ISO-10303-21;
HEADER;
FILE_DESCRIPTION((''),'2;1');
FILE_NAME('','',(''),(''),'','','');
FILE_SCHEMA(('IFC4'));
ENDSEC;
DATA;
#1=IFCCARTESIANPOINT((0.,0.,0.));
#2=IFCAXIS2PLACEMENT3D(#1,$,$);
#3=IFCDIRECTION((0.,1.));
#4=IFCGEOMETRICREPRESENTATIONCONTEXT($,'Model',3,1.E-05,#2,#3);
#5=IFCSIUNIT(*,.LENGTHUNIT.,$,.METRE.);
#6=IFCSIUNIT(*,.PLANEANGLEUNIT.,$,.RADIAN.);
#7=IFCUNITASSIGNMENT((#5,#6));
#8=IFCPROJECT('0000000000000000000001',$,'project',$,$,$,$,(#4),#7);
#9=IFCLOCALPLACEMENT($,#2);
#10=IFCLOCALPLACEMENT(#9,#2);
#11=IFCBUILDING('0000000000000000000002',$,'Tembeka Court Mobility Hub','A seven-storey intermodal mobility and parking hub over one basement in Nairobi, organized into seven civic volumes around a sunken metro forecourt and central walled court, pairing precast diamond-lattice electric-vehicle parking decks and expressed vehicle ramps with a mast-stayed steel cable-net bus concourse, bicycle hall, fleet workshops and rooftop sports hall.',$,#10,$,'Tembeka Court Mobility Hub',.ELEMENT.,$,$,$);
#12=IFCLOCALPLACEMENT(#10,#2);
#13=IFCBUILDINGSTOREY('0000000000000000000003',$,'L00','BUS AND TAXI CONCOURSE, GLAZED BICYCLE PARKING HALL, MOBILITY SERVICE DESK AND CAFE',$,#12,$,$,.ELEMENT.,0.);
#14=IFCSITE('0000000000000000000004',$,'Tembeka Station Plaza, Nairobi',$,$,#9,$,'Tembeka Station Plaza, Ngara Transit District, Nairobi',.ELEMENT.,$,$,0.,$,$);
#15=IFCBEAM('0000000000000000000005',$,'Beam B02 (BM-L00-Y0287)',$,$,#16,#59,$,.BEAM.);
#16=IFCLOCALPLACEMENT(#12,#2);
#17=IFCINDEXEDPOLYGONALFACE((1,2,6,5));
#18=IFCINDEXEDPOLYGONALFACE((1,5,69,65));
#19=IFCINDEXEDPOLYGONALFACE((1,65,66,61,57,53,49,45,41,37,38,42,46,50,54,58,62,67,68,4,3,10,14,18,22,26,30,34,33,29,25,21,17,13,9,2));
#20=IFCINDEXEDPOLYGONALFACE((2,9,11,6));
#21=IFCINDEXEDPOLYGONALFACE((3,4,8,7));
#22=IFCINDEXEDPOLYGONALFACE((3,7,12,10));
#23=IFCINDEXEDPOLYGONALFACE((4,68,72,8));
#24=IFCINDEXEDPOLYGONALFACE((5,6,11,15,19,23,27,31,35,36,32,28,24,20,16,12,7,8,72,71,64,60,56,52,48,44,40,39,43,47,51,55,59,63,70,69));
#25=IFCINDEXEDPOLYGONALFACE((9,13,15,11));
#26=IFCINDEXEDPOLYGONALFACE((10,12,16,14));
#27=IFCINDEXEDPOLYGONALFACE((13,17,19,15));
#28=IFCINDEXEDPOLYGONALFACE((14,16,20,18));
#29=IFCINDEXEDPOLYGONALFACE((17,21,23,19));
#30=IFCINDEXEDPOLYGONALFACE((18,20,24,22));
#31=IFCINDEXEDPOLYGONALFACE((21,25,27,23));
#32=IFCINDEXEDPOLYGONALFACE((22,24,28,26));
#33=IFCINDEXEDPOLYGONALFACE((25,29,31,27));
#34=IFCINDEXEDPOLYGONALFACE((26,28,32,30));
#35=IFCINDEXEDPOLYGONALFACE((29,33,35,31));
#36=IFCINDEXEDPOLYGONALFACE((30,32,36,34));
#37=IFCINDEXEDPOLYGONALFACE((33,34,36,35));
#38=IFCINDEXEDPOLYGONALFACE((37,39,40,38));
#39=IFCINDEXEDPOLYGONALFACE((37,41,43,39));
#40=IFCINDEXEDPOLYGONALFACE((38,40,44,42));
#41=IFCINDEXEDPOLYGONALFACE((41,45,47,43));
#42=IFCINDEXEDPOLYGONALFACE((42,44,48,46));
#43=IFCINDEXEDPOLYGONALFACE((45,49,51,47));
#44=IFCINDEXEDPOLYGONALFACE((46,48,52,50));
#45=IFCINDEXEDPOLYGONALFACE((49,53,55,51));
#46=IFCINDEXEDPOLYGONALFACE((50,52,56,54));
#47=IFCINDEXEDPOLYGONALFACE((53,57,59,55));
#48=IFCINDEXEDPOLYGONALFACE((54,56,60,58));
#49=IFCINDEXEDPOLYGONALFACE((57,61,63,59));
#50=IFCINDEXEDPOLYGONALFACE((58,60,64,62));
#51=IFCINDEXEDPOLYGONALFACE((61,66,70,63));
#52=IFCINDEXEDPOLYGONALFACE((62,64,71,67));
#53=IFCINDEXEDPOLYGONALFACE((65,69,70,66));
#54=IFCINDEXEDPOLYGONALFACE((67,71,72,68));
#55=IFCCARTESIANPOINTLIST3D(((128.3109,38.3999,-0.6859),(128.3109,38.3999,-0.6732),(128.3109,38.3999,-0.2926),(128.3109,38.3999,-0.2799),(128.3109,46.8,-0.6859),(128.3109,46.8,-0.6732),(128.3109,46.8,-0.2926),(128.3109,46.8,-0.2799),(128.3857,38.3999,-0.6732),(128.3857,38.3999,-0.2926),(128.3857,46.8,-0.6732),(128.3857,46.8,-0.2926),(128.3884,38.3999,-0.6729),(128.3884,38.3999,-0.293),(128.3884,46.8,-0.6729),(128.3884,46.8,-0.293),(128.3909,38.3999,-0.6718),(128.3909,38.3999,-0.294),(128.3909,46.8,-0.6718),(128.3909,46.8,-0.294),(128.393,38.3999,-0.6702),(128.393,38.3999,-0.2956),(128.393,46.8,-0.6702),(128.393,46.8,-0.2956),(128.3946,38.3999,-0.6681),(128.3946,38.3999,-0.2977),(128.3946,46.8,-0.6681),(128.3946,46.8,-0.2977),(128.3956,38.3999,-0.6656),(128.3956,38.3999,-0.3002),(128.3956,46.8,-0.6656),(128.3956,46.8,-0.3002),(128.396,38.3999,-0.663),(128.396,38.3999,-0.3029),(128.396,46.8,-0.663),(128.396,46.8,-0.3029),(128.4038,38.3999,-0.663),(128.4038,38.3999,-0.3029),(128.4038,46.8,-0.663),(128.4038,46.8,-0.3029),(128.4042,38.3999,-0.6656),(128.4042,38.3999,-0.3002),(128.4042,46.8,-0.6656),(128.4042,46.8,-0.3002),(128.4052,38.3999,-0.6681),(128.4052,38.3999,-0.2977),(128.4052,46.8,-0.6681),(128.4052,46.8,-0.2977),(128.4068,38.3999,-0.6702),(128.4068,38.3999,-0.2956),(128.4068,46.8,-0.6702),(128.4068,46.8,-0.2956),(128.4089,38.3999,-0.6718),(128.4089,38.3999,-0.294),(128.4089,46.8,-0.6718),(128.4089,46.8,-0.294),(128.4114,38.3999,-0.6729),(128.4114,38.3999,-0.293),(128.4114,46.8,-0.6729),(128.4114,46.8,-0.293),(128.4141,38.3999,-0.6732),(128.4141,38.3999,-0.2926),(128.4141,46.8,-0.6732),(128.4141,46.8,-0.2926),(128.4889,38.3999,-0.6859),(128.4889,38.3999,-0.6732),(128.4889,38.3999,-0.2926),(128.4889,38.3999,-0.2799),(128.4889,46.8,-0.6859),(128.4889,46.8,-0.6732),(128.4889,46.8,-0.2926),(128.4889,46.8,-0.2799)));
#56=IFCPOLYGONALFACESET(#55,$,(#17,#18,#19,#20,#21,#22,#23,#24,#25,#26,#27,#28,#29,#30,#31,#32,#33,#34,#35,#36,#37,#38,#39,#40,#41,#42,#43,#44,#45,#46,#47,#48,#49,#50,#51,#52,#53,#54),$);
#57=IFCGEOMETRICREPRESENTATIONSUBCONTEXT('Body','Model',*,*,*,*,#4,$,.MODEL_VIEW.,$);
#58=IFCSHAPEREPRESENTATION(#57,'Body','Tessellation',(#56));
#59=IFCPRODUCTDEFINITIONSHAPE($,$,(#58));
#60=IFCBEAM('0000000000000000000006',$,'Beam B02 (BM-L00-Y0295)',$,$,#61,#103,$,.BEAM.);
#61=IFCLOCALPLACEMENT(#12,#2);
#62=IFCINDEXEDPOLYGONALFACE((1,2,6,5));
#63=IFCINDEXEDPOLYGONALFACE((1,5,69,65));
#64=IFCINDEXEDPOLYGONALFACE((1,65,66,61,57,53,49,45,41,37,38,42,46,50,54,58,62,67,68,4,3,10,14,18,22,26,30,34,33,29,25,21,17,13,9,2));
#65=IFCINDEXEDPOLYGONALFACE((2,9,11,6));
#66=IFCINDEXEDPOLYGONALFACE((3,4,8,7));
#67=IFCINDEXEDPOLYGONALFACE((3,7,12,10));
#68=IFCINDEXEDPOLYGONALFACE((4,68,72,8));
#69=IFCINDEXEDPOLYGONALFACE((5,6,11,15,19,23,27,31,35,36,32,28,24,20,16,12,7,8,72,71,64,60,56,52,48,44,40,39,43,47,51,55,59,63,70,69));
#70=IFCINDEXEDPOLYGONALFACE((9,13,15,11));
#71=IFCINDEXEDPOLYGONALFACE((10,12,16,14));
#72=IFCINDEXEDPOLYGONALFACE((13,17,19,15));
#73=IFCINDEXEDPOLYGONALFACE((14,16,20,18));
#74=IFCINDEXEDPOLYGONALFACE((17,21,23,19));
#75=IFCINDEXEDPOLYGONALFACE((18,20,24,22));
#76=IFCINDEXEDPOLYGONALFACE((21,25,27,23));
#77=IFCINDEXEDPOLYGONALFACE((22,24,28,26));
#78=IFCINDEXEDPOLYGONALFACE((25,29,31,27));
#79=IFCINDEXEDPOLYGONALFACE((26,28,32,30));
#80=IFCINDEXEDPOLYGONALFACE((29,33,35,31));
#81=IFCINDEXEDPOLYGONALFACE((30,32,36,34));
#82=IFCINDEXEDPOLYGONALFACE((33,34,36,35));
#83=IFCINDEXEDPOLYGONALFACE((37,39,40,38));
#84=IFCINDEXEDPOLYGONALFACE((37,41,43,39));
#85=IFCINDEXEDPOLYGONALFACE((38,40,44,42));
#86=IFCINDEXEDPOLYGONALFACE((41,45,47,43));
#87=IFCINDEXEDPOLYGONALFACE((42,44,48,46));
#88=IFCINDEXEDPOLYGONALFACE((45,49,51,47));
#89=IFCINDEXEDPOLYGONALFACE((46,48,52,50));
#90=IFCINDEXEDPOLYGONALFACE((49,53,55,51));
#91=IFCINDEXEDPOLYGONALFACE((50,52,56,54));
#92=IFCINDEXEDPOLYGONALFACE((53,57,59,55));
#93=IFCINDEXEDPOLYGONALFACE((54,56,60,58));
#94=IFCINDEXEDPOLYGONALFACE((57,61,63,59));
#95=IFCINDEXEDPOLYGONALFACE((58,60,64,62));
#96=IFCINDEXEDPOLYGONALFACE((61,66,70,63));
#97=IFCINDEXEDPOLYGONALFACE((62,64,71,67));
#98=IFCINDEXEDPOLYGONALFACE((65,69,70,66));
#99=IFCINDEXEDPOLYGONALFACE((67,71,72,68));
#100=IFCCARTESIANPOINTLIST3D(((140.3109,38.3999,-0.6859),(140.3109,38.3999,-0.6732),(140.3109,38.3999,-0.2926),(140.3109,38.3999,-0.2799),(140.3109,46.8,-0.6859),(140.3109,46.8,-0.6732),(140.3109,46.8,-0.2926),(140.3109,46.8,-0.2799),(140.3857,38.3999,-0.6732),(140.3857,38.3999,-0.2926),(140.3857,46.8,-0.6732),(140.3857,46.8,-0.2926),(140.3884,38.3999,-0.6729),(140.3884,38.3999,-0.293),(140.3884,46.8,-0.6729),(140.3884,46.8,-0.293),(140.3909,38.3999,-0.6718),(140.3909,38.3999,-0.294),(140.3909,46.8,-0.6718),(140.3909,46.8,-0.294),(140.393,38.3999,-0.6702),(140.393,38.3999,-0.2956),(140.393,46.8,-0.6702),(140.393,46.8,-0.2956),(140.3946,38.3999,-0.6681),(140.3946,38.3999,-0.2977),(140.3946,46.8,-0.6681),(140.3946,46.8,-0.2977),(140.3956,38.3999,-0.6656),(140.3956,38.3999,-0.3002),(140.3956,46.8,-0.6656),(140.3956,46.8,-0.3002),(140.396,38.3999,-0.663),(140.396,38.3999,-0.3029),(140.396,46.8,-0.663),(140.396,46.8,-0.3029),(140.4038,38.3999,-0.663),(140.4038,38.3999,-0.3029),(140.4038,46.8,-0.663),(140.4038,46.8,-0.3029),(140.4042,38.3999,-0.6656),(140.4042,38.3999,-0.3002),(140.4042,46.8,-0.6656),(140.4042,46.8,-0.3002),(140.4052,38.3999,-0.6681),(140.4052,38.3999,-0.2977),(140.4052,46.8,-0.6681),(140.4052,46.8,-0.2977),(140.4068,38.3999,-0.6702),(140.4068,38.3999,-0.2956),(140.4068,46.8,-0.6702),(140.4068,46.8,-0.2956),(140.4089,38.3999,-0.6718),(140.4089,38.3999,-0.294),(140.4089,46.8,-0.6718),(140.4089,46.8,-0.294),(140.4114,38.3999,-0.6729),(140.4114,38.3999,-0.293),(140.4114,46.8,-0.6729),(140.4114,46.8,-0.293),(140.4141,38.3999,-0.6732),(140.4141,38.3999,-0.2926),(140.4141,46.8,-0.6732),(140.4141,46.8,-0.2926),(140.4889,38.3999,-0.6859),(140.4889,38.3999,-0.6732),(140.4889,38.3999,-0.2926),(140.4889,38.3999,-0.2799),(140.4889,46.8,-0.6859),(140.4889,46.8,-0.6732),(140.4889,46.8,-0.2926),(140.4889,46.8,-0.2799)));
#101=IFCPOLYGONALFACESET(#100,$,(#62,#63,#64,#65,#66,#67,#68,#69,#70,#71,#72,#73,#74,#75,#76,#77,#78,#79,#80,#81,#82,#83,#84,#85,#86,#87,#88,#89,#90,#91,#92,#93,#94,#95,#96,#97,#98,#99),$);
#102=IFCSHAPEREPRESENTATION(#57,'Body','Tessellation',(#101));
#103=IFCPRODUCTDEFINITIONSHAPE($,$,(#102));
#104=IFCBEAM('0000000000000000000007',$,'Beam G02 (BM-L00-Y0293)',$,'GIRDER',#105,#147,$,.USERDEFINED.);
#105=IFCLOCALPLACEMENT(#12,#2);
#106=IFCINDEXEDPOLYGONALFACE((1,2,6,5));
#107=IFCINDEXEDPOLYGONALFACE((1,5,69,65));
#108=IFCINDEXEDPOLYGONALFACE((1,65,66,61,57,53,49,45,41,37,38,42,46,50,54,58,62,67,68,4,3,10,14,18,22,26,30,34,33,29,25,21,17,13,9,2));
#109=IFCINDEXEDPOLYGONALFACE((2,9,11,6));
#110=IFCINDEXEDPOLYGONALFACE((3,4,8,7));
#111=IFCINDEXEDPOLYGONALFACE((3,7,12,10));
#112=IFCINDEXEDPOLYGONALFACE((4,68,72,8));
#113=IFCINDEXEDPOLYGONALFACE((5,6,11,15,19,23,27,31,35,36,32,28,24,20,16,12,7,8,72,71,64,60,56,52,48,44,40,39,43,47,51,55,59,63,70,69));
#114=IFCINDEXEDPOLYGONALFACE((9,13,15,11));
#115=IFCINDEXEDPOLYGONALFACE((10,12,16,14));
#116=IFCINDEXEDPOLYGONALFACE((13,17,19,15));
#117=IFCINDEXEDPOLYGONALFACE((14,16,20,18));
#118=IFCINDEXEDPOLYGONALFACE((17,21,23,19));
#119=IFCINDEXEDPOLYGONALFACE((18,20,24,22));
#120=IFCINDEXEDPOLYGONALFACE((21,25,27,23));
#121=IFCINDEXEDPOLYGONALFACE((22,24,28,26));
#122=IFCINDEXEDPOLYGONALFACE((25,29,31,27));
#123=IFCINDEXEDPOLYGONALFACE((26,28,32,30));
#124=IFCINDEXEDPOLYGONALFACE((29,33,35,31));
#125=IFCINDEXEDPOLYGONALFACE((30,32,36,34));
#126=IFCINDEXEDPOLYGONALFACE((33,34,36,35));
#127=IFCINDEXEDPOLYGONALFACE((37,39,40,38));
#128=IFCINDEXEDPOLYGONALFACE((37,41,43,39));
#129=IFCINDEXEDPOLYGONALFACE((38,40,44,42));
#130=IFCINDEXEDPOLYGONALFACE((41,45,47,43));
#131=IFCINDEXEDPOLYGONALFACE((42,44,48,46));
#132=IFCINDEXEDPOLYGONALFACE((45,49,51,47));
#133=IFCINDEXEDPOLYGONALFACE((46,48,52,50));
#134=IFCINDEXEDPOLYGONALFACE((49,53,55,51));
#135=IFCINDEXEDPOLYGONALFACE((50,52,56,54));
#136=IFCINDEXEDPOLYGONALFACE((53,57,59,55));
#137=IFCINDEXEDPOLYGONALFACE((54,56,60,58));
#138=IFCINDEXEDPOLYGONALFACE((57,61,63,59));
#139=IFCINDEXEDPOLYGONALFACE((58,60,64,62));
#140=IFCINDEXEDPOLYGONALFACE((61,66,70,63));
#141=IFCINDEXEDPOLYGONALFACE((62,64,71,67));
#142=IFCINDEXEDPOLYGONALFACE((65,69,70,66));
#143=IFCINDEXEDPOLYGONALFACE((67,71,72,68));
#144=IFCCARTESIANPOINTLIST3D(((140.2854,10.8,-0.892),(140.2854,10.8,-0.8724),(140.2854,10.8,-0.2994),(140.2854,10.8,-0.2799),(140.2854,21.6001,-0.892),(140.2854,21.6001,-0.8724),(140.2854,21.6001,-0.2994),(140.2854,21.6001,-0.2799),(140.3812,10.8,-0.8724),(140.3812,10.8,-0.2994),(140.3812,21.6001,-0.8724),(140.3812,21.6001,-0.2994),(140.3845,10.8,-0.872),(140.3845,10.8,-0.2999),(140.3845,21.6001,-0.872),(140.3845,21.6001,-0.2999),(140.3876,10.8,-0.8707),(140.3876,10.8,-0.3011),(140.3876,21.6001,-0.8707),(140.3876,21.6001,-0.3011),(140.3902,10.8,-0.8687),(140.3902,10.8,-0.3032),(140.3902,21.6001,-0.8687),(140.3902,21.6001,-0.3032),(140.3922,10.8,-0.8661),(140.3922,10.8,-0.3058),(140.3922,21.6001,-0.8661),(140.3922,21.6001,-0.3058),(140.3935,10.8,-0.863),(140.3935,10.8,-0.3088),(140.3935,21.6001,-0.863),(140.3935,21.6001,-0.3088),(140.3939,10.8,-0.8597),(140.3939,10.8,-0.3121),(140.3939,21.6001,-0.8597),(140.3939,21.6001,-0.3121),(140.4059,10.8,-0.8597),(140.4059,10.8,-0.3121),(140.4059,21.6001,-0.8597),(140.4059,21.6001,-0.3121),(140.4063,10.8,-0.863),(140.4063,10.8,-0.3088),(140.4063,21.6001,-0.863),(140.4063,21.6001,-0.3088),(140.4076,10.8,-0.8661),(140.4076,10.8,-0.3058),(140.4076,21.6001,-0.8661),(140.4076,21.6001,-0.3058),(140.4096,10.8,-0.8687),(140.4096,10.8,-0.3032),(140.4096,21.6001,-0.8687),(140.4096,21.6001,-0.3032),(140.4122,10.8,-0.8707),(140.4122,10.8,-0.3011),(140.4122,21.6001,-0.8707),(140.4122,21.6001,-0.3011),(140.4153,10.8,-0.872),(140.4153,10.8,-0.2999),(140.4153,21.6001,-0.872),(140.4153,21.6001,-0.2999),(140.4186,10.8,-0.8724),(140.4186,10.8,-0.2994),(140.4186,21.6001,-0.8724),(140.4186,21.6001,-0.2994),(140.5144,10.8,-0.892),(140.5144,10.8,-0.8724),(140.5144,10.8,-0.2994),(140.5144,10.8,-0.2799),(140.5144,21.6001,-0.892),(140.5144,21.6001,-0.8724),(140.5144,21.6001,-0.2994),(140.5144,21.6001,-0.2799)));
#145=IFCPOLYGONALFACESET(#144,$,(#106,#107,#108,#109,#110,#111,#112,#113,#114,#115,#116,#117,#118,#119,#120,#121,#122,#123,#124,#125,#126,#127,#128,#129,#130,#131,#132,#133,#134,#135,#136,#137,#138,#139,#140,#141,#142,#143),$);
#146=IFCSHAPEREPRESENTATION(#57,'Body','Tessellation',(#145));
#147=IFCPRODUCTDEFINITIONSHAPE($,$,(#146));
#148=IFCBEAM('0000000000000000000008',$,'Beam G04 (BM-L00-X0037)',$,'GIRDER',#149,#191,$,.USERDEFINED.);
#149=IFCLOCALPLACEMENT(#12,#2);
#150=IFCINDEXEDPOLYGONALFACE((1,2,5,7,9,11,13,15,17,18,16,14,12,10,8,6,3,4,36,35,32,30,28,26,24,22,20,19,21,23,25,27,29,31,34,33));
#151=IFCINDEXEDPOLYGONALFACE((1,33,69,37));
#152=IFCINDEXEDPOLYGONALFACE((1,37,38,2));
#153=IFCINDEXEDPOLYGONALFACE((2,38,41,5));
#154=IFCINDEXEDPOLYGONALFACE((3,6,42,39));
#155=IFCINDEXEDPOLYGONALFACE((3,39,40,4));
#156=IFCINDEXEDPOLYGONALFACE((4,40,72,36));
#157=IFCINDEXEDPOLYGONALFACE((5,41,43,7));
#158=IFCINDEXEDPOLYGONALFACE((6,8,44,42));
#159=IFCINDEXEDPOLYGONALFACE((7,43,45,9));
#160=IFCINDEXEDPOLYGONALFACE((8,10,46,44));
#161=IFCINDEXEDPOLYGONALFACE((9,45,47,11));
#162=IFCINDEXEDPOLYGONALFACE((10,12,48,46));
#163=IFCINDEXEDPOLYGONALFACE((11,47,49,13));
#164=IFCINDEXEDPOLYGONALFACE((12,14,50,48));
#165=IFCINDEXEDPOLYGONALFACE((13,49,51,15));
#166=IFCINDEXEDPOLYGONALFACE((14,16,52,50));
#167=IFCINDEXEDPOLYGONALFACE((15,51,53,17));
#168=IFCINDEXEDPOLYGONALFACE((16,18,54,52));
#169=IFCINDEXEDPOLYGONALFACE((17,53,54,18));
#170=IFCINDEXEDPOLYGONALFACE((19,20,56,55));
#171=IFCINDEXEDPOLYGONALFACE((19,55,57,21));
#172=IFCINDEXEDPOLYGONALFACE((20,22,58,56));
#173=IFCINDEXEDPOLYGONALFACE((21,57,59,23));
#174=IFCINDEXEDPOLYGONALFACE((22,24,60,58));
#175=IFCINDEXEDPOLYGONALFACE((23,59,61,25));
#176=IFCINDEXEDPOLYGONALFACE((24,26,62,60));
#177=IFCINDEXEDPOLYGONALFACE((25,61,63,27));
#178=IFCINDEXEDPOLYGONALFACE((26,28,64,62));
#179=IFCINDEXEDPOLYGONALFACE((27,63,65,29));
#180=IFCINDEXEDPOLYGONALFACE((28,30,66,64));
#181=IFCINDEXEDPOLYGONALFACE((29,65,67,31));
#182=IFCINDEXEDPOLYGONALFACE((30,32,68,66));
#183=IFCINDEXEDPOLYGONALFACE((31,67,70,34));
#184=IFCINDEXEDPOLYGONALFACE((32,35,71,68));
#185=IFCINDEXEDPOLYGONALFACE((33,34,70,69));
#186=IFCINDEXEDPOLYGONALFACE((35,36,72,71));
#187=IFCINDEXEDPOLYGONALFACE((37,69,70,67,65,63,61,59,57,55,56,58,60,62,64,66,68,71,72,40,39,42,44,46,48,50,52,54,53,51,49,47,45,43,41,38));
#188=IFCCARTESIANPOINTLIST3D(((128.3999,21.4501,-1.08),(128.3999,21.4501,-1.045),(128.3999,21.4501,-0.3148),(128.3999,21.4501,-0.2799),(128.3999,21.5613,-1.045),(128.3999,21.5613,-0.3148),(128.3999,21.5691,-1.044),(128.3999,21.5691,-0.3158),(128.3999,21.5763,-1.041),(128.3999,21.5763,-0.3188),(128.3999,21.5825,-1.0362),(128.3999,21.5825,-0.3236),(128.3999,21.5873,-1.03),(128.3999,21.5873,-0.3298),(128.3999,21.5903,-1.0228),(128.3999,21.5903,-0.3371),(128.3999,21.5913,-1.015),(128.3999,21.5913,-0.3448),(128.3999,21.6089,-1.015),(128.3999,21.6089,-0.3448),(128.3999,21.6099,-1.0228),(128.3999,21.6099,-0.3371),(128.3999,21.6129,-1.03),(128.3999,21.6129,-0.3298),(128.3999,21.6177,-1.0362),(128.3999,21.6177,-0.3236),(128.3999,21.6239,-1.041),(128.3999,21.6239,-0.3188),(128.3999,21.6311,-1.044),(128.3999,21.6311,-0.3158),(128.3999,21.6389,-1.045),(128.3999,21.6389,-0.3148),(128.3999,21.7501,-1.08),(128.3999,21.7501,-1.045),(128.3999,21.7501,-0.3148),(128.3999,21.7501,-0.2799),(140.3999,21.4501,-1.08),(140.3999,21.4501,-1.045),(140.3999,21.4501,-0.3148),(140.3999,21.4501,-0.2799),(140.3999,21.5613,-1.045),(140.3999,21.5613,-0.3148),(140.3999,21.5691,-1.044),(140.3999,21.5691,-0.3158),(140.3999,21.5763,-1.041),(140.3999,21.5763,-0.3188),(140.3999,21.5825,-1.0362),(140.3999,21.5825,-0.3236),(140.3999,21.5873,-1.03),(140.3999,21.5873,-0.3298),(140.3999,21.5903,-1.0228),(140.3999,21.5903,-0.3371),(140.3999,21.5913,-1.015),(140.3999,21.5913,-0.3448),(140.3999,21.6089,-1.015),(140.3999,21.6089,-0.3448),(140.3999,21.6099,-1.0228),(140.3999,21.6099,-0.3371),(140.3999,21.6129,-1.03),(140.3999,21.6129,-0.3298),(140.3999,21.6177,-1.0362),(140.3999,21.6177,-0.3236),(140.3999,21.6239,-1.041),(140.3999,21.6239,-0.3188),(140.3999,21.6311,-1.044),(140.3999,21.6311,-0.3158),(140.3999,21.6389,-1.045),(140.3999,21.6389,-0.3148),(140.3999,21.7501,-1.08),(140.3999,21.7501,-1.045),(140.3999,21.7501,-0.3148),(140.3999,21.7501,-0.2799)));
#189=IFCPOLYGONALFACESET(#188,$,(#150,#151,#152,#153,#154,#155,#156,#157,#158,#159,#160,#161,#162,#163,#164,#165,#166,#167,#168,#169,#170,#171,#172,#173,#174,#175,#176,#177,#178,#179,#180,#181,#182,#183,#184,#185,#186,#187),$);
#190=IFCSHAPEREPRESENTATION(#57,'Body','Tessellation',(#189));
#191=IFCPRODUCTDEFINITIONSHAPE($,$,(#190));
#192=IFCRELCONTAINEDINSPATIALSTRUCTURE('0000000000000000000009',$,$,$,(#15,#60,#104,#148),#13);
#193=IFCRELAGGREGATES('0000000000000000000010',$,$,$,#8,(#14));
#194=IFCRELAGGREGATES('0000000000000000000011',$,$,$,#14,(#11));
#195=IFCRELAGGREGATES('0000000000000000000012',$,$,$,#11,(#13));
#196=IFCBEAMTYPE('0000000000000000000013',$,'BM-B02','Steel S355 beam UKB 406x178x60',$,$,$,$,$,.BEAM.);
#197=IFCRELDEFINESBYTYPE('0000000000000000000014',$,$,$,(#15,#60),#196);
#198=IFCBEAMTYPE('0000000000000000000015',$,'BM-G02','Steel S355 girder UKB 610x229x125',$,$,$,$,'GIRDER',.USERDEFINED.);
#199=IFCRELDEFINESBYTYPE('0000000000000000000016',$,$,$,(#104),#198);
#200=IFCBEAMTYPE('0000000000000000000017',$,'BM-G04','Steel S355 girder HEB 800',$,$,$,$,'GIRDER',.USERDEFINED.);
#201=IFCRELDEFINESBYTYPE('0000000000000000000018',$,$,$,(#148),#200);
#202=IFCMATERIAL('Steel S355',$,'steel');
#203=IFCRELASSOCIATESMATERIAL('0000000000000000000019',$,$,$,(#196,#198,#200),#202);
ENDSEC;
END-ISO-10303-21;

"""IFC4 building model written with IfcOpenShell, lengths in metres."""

from ifc_helpers import new_model, si_unit, direction, frame, origin, origin_2d, place, context, subcontext, project, spatial, i_section, extrude, material, material_profile, profile_set, type_object, element, save


model = new_model("IFC4")

# Units and contexts
model_context = context("Model", 3, precision=1e-05, world=origin(), true_north=direction((0.0, 1.0)))
body_context = subcontext(model_context, "Body", "Model", "MODEL_VIEW")
ifc_project = project(units=[si_unit("LENGTHUNIT", "METRE"), si_unit("PLANEANGLEUNIT", "RADIAN")], contexts=[model_context])

# Site, building, storey
site_placement = place(None, origin())
site = spatial("IfcSite", under=ifc_project, at=site_placement, Name="Tembeka Station Plaza, Nairobi", LongName="Tembeka Station Plaza, Ngara Transit District, Nairobi", CompositionType="ELEMENT", RefElevation=0.0)
building_placement = place(site_placement, origin())
building = spatial("IfcBuilding", under=site, at=building_placement, Name="Tembeka Court Mobility Hub", Description="A seven-storey intermodal mobility and parking hub over one basement in Nairobi, organized into seven civic volumes around a sunken metro forecourt and central walled court, pairing precast diamond-lattice electric-vehicle parking decks and expressed vehicle ramps with a mast-stayed steel cable-net bus concourse, bicycle hall, fleet workshops and rooftop sports hall.", LongName="Tembeka Court Mobility Hub", CompositionType="ELEMENT")
storey_placement = place(building_placement, origin())
storey = spatial("IfcBuildingStorey", under=building, at=storey_placement, Name="L00", Description="BUS AND TAXI CONCOURSE, GLAZED BICYCLE PARKING HALL, MOBILITY SERVICE DESK AND CAFE", CompositionType="ELEMENT", Elevation=0.0)

# Shared definitions
ifc_material_1 = material(Name="Steel S355", Category="steel")

# Beams
ifc_material_profile_1 = material_profile(ifc_material_1, i_section(OverallWidth=0.178, OverallDepth=0.406, WebThickness=0.0078, FlangeThickness=0.0127, FilletRadius=0.0103, at=origin_2d()), Name="UKB 406x178x60")
ifc_profile_set_1 = profile_set([ifc_material_profile_1], Name="Steel S355")
beam_type_1 = type_object("IfcBeamType", Name="BM-B02", Description="Steel S355 beam UKB 406x178x60", PredefinedType="BEAM", material=ifc_profile_set_1)
for number, where, z_axis, x_axis, name in (
    (1, (128.3999, 38.3999, -0.4829), (0.0, 1.0, 0.0), (-1.0, 0.0, 0.0), "Beam B02 (BM-L00-Y0287)"),
    (2, (140.3999, 38.3999, -0.4829), (0.0, 1.0, 0.0), (-1.0, 0.0, 0.0), "Beam B02 (BM-L00-Y0295)"),
):
    element("IfcBeam", number, at=place(storey_placement, frame(where, z_axis=z_axis, x_axis=x_axis)), inside=storey, type_object=beam_type_1, Name=name, PredefinedType="BEAM", context=body_context, shape_type="SweptSolid", body=[
        extrude(i_section(OverallWidth=0.178, OverallDepth=0.406, WebThickness=0.0078, FlangeThickness=0.0127, FilletRadius=0.0103, at=origin_2d()), origin(), (0.0, 0.0, 1.0), 8.4001),
    ])
ifc_material_profile_2 = material_profile(ifc_material_1, i_section(OverallWidth=0.229, OverallDepth=0.6121, WebThickness=0.012, FlangeThickness=0.0195, FilletRadius=0.0127, at=origin_2d()), Name="UKB 610x229x125")
ifc_profile_set_2 = profile_set([ifc_material_profile_2], Name="Steel S355")
beam_type_2 = type_object("IfcBeamType", Name="BM-G02", Description="Steel S355 girder UKB 610x229x125", ElementType="GIRDER", PredefinedType="USERDEFINED", material=ifc_profile_set_2)
beam_placement = place(storey_placement, frame((140.3999, 10.8, -0.5859), z_axis=(0.0, 1.0, 0.0), x_axis=(-1.0, 0.0, 0.0)))
element("IfcBeam", 3, at=beam_placement, inside=storey, type_object=beam_type_2, Name="Beam G02 (BM-L00-Y0293)", ObjectType="GIRDER", PredefinedType="USERDEFINED", context=body_context, shape_type="SweptSolid", body=[
    extrude(i_section(OverallWidth=0.229, OverallDepth=0.6121, WebThickness=0.012, FlangeThickness=0.0195, FilletRadius=0.0127, at=origin_2d()), origin(), (0.0, 0.0, 1.0), 10.8),
])
ifc_material_profile_3 = material_profile(ifc_material_1, i_section(OverallWidth=0.3, OverallDepth=0.8, WebThickness=0.0176, FlangeThickness=0.0349, FilletRadius=0.03, at=origin_2d()), Name="HEB 800")
ifc_profile_set_3 = profile_set([ifc_material_profile_3], Name="Steel S355")
beam_type_3 = type_object("IfcBeamType", Name="BM-G04", Description="Steel S355 girder HEB 800", ElementType="GIRDER", PredefinedType="USERDEFINED", material=ifc_profile_set_3)
for number, where, z_axis, x_axis, name in (
    (4, (128.3999, 21.6001, -0.6799), (1.0, 0.0, 0.0), (0.0, 1.0, 0.0), "Beam G04 (BM-L00-X0037)"),
):
    element("IfcBeam", number, at=place(storey_placement, frame(where, z_axis=z_axis, x_axis=x_axis)), inside=storey, type_object=beam_type_3, Name=name, ObjectType="GIRDER", PredefinedType="USERDEFINED", context=body_context, shape_type="SweptSolid", body=[
        extrude(i_section(OverallWidth=0.3, OverallDepth=0.8, WebThickness=0.0176, FlangeThickness=0.0349, FilletRadius=0.03, at=origin_2d()), origin(), (0.0, 0.0, 1.0), 12.0),
    ])

save(model, "model.ifc")
